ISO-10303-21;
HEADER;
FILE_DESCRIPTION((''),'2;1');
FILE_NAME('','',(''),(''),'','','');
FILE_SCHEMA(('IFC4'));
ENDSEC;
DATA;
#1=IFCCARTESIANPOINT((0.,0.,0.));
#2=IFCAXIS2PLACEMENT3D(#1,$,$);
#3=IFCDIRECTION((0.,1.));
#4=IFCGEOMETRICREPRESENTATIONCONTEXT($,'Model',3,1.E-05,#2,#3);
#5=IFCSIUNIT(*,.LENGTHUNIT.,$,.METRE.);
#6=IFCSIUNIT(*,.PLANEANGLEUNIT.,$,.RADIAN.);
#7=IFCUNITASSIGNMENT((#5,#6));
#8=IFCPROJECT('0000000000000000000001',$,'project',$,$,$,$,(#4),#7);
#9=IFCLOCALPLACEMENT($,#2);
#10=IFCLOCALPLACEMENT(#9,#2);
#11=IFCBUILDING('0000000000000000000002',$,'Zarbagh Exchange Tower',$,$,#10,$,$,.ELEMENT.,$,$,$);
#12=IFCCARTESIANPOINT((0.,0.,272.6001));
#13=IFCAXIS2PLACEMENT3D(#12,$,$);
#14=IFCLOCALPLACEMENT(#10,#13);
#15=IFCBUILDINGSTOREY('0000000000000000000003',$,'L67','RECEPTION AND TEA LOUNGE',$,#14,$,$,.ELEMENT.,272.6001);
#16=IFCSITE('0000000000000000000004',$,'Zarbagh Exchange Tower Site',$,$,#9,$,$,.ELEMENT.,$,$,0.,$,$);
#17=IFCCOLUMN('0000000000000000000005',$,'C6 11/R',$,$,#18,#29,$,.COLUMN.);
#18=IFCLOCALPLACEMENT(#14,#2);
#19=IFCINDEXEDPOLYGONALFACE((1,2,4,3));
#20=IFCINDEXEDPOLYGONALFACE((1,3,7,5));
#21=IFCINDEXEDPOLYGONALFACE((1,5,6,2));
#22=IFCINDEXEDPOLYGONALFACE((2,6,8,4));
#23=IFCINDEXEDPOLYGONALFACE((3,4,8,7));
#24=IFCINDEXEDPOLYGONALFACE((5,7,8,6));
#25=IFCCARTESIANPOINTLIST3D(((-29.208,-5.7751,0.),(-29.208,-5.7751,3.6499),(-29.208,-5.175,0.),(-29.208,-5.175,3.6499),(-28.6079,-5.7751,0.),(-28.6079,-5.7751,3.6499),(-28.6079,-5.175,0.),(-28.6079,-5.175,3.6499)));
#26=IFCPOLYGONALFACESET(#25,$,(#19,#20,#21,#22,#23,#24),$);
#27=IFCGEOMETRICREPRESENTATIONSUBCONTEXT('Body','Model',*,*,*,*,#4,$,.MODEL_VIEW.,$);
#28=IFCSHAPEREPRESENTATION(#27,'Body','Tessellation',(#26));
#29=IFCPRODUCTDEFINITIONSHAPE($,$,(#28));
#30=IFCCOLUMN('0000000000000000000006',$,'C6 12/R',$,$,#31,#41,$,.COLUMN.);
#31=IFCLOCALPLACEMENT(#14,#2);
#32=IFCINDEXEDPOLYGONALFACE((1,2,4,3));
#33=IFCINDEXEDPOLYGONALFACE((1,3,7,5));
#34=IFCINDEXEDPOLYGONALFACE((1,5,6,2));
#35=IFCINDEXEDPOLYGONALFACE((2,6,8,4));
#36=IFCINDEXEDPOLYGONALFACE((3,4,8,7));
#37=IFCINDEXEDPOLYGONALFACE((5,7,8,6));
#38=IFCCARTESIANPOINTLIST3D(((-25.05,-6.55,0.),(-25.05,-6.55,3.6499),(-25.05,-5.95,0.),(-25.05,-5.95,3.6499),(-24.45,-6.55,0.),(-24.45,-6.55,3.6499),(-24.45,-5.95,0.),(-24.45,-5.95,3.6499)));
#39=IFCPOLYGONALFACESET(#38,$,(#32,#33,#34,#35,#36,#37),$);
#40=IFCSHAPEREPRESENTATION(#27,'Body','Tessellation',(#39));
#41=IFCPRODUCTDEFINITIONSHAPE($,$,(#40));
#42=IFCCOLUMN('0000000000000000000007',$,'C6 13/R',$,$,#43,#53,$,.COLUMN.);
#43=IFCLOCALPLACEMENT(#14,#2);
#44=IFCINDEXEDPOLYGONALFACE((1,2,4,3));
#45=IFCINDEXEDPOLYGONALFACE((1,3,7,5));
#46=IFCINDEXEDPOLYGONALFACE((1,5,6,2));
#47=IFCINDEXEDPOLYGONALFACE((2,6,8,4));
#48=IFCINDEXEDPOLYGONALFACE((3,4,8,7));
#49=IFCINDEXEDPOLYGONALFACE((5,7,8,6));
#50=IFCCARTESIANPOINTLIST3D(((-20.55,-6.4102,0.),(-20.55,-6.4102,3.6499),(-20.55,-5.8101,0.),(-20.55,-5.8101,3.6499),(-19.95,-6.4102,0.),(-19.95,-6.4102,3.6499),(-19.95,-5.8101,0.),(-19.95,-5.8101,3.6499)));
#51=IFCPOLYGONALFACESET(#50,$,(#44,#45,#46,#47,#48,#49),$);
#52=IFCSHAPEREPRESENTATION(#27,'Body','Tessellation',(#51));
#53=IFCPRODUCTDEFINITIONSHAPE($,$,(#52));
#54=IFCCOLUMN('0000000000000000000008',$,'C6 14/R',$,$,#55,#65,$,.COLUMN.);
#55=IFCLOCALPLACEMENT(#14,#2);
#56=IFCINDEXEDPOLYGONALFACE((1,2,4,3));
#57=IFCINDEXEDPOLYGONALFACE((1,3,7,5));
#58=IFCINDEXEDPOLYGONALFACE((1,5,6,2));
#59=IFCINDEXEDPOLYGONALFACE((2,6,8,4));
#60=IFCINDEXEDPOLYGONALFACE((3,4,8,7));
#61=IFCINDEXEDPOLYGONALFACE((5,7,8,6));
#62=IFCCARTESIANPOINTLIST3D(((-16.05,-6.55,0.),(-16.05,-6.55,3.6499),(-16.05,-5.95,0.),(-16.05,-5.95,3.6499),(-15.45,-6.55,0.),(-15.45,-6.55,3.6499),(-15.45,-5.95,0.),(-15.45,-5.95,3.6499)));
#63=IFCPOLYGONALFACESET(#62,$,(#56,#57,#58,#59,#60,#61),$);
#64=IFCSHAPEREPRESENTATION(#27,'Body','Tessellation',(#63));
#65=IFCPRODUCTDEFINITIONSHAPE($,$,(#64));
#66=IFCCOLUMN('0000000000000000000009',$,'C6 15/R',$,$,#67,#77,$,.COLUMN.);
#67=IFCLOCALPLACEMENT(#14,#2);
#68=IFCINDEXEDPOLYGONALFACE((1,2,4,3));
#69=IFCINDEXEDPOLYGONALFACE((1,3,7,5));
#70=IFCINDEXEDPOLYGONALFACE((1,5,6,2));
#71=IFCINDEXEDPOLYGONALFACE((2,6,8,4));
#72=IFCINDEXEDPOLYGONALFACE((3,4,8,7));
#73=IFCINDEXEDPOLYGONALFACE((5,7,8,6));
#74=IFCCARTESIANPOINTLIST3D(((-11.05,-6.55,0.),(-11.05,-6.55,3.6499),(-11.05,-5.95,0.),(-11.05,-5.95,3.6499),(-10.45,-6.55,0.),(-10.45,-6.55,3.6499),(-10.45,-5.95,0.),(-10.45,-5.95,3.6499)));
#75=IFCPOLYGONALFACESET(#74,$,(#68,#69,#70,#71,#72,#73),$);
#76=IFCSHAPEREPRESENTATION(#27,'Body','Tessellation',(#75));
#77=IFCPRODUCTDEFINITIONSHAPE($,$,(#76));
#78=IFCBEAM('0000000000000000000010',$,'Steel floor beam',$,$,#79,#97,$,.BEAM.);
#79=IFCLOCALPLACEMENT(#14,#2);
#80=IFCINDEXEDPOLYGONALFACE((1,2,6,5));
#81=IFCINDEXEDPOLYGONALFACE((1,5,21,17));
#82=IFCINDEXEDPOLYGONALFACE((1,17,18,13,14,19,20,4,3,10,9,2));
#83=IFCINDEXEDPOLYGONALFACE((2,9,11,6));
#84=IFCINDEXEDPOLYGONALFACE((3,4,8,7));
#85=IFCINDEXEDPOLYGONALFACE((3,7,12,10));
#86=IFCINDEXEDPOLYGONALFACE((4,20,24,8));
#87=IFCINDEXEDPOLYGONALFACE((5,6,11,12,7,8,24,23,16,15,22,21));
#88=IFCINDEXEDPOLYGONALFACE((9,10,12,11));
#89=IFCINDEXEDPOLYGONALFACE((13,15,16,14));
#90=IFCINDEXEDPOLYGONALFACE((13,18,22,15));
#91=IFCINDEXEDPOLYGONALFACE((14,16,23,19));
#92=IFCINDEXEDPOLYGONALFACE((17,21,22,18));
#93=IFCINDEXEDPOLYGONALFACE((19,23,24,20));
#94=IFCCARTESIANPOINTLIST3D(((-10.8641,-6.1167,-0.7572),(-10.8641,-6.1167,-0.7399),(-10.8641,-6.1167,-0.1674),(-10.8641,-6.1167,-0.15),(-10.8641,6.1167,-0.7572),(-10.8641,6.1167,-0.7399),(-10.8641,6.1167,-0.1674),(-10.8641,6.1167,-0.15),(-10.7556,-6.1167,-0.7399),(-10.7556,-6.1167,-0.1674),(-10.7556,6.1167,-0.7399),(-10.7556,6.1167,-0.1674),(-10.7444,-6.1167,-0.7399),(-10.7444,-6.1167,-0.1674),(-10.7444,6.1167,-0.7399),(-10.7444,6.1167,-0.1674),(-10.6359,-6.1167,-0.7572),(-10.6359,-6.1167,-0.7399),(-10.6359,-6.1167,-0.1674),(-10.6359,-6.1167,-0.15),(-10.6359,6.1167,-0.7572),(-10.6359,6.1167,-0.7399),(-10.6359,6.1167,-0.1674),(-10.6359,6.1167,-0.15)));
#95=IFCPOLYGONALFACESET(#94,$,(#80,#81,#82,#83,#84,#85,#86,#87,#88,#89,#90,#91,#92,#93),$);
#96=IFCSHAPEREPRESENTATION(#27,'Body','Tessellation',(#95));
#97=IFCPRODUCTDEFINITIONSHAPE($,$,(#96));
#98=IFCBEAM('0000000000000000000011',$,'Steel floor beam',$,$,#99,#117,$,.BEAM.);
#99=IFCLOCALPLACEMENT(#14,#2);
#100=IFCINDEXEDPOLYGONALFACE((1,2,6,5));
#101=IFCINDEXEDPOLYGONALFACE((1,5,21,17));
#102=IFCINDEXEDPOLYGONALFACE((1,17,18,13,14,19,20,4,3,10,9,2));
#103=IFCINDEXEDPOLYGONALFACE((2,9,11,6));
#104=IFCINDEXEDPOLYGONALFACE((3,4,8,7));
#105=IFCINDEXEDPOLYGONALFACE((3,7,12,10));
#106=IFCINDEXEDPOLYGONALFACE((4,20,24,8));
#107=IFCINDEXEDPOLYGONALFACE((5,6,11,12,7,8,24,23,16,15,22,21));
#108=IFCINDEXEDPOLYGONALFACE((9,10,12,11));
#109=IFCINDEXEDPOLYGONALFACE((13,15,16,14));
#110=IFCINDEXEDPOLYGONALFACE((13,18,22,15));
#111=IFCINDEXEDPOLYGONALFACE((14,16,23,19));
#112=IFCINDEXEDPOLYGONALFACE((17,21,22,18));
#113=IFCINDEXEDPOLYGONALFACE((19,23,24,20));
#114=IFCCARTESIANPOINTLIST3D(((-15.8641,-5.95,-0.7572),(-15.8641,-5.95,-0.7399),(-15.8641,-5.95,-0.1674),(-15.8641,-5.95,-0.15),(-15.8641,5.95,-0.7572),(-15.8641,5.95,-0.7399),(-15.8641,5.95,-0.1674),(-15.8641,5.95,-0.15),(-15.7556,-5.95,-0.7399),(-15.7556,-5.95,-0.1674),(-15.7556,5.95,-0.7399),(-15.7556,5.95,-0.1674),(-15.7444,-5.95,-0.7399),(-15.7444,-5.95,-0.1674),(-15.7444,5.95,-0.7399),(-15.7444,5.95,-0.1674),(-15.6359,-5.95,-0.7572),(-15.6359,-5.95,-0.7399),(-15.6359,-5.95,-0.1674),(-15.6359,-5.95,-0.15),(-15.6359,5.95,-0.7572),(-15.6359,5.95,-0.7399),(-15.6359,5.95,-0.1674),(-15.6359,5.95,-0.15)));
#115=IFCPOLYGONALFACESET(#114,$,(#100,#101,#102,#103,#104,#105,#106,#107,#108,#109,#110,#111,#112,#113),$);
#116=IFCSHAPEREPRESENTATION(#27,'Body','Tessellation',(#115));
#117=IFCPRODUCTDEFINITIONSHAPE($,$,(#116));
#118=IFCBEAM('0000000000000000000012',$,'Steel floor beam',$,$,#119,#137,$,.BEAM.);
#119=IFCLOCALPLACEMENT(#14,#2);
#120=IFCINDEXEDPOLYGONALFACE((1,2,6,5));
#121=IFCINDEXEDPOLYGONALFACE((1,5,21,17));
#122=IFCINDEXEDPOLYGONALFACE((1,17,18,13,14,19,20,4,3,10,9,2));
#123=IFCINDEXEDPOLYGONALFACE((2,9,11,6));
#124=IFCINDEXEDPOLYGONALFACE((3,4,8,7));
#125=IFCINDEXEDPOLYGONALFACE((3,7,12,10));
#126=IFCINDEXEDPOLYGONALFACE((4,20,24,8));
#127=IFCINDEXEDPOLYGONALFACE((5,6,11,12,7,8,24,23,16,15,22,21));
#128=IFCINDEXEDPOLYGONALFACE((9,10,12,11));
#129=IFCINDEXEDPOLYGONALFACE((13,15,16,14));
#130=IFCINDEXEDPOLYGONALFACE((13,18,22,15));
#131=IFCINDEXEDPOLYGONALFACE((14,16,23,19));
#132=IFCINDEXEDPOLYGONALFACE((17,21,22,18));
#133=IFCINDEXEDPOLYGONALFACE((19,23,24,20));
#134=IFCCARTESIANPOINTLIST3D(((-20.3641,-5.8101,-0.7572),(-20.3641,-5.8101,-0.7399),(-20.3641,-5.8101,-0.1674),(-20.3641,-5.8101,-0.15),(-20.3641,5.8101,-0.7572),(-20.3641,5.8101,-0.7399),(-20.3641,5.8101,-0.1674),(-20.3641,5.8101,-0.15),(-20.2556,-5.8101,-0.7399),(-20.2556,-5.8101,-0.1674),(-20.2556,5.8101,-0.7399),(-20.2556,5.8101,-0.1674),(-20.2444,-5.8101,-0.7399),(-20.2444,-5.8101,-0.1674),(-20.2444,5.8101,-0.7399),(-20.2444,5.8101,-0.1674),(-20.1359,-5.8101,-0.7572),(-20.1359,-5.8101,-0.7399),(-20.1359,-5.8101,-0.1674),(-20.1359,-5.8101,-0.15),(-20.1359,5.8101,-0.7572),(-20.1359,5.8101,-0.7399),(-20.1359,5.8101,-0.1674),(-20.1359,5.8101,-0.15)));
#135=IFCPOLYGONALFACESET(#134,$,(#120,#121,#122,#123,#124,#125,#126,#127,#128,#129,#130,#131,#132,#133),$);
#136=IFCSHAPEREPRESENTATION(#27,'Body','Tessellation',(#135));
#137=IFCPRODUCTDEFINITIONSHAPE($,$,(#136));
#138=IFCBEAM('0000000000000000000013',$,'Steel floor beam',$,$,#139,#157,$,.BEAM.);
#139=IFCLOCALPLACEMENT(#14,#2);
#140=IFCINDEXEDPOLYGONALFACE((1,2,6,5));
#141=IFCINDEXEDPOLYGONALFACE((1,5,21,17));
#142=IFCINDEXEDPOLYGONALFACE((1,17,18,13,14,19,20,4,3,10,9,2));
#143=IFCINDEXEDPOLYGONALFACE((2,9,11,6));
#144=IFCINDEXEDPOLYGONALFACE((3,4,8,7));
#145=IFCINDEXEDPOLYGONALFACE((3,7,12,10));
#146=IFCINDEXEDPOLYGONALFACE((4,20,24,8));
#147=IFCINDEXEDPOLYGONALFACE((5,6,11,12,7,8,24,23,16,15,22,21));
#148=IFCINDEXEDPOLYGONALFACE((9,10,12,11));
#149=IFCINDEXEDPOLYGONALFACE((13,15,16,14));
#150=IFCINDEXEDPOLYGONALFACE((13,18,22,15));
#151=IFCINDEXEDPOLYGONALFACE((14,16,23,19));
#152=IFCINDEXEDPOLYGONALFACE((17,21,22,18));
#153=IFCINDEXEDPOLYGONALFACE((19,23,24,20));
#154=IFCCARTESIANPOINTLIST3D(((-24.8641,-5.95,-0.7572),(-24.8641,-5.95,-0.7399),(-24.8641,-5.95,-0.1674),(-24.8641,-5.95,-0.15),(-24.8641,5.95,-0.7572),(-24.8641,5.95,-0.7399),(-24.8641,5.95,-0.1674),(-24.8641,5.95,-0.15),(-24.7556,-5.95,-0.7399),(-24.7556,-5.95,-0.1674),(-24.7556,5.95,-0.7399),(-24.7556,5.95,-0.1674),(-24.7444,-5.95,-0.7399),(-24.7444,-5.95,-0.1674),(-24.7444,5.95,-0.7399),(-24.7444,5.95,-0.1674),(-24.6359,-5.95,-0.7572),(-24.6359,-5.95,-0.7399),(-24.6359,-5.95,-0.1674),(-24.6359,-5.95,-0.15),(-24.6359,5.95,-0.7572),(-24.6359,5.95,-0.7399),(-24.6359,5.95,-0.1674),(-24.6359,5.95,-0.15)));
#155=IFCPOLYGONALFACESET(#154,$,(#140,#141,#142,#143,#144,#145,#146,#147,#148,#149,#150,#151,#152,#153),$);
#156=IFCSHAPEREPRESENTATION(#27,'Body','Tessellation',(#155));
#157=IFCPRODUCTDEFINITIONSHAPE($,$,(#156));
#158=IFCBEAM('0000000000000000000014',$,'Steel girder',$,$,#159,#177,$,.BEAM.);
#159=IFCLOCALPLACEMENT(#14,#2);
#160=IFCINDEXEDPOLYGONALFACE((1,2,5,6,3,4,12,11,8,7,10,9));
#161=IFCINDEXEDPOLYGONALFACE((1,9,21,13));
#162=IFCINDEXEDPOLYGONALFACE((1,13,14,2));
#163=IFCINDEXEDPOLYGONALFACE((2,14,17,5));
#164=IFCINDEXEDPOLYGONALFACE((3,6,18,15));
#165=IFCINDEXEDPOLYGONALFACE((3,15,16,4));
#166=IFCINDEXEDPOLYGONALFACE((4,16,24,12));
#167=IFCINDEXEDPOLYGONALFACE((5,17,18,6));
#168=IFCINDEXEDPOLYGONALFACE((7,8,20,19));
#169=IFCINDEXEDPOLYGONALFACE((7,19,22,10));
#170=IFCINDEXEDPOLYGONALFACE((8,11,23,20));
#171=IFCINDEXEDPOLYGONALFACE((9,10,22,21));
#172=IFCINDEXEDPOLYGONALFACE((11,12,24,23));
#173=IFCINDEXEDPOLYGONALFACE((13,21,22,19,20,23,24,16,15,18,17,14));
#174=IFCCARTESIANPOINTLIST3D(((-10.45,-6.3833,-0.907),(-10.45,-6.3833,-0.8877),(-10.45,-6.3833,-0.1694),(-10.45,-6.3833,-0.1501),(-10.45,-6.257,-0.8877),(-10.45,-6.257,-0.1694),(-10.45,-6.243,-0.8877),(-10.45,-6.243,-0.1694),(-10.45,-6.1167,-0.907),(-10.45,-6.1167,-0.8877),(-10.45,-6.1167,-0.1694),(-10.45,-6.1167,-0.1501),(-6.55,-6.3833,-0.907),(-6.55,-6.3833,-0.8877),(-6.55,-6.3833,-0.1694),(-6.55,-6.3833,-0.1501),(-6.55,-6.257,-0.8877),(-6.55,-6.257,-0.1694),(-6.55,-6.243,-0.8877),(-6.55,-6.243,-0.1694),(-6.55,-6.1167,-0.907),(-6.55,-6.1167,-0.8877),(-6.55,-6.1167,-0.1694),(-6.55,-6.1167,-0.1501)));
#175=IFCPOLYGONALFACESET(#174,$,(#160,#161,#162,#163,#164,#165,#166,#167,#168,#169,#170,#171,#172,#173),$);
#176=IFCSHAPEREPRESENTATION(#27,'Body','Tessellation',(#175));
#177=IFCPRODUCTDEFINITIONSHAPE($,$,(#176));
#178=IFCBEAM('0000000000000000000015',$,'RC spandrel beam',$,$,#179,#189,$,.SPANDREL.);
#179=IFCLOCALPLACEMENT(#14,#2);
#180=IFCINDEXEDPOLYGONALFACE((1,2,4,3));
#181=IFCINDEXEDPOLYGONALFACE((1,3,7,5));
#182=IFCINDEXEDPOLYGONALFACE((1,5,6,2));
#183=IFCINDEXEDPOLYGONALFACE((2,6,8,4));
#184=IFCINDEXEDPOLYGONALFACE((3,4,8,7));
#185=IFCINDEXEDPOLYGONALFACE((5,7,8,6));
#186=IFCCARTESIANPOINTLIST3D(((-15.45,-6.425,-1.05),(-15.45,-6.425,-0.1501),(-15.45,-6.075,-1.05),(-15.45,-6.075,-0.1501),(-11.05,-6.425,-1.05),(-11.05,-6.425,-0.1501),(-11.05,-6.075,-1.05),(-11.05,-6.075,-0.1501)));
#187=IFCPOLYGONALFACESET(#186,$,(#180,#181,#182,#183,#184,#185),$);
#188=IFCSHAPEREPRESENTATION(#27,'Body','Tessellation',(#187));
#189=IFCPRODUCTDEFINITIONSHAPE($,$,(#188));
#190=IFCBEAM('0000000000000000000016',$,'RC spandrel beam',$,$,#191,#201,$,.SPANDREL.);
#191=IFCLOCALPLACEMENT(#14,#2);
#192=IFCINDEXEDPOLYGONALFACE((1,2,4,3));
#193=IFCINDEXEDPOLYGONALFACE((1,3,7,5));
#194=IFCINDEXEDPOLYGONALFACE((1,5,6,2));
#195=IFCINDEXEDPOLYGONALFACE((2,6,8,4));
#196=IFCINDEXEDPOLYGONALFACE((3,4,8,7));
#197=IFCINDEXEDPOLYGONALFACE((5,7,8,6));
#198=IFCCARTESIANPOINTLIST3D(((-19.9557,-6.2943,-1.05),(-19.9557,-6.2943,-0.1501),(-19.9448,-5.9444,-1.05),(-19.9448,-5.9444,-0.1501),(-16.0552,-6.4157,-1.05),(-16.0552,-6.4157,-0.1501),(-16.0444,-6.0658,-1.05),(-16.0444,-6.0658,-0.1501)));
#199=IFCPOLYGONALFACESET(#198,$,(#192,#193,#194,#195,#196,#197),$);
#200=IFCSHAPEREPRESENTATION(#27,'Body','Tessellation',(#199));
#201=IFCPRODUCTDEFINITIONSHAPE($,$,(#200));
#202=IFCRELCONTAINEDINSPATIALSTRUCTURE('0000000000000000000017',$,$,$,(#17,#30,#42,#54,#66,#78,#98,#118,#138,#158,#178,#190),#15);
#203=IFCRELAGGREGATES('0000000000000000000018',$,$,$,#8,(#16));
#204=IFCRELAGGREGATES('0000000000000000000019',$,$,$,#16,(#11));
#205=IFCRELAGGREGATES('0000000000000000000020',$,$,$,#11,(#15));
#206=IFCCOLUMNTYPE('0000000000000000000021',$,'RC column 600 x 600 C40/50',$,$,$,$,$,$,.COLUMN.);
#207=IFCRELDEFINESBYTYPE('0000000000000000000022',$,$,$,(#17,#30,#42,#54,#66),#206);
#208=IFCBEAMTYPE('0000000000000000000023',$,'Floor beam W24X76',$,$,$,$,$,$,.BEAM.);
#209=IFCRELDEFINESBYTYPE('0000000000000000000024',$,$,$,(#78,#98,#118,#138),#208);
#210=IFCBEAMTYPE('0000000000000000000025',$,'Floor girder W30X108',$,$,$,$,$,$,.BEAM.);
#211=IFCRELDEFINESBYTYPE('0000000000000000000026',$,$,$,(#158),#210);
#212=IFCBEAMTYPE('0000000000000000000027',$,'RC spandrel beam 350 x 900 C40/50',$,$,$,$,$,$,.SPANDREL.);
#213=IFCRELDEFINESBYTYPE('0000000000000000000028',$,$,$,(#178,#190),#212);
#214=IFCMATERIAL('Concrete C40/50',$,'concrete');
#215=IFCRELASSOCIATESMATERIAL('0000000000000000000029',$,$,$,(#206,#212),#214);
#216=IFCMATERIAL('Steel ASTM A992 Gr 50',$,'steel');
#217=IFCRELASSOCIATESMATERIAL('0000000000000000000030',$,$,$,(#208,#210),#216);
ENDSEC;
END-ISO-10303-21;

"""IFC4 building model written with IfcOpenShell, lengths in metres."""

from ifc_helpers import new_model, si_unit, direction, frame, origin, origin_2d, place, context, subcontext, project, spatial, rectangle, i_section, extrude, material, material_profile, profile_set, type_object, element, save


model = new_model("IFC4")

# Units and contexts
model_context = context("Model", 3, precision=1e-05, world=origin(), true_north=direction((0.0, 1.0)))
body_context = subcontext(model_context, "Body", "Model", "MODEL_VIEW")
ifc_project = project(units=[si_unit("LENGTHUNIT", "METRE"), si_unit("PLANEANGLEUNIT", "RADIAN")], contexts=[model_context])

# Site, building, storey
site_placement = place(None, origin())
site = spatial("IfcSite", under=ifc_project, at=site_placement, Name="Zarbagh Exchange Tower Site", CompositionType="ELEMENT", RefElevation=0.0)
building_placement = place(site_placement, origin())
building = spatial("IfcBuilding", under=site, at=building_placement, Name="Zarbagh Exchange Tower", CompositionType="ELEMENT")
storey_placement = place(building_placement, frame((0.0, 0.0, 272.6001)))
storey = spatial("IfcBuildingStorey", under=building, at=storey_placement, Name="L67", Description="RECEPTION AND TEA LOUNGE", CompositionType="ELEMENT", Elevation=272.6001)

# Columns
ifc_material_1 = material(Name="Concrete C40/50", Category="concrete")
ifc_material_profile_1 = material_profile(ifc_material_1, rectangle(XDim=0.6001, YDim=0.6001, at=origin_2d()), Name="RC column 600 x 600 C40/50")
ifc_profile_set_1 = profile_set([ifc_material_profile_1], Name="Concrete C40/50")
column_type = type_object("IfcColumnType", Name="RC column 600 x 600 C40/50", PredefinedType="COLUMN", material=ifc_profile_set_1)
for number, where, z_axis, x_axis, name in (
    (1, (-28.908, -5.4751, 0.0), (0.0, 0.0, 1.0), (1.0, 0.0, 0.0), "C6 11/R"),
    (2, (-24.75, -6.25, 0.0), (0.0, 0.0, 1.0), (1.0, 0.0, 0.0), "C6 12/R"),
    (3, (-20.25, -6.1101, 0.0), (0.0, 0.0, 1.0), (1.0, 0.0, 0.0), "C6 13/R"),
    (4, (-15.75, -6.25, 0.0), (0.0, 0.0, 1.0), (1.0, 0.0, 0.0), "C6 14/R"),
    (5, (-10.75, -6.25, 0.0), (0.0, 0.0, 1.0), (1.0, 0.0, 0.0), "C6 15/R"),
):
    element("IfcColumn", number, at=place(storey_placement, frame(where, z_axis=z_axis, x_axis=x_axis)), inside=storey, type_object=column_type, Name=name, PredefinedType="COLUMN", context=body_context, shape_type="SweptSolid", body=[
        extrude(rectangle(XDim=0.6001, YDim=0.6001, at=origin_2d()), origin(), (0.0, 0.0, 1.0), 3.6499),
    ])

# Beams
ifc_material_2 = material(Name="Steel ASTM A992 Gr 50", Category="steel")
ifc_material_profile_2 = material_profile(ifc_material_2, i_section(OverallWidth=0.2283, OverallDepth=0.6072, WebThickness=0.0112, FlangeThickness=0.0173, at=origin_2d()), Name="W24X76")
ifc_profile_set_2 = profile_set([ifc_material_profile_2], Name="Steel ASTM A992 Gr 50")
beam_type_1 = type_object("IfcBeamType", Name="Floor beam W24X76", PredefinedType="BEAM", material=ifc_profile_set_2)
beam_1_placement = place(storey_placement, frame((-10.75, -6.1167, -0.4536), z_axis=(0.0, 1.0, 0.0), x_axis=(-1.0, 0.0, 0.0)))
element("IfcBeam", 6, at=beam_1_placement, inside=storey, type_object=beam_type_1, Name="Steel floor beam", PredefinedType="BEAM", context=body_context, shape_type="SweptSolid", body=[
    extrude(i_section(OverallWidth=0.2283, OverallDepth=0.6072, WebThickness=0.0112, FlangeThickness=0.0173, at=origin_2d()), origin(), (0.0, 0.0, 1.0), 12.2334),
])
beam_2_placement = place(storey_placement, frame((-15.75, -5.95, -0.4536), z_axis=(0.0, 1.0, 0.0), x_axis=(-1.0, 0.0, 0.0)))
element("IfcBeam", 7, at=beam_2_placement, inside=storey, type_object=beam_type_1, Name="Steel floor beam", PredefinedType="BEAM", context=body_context, shape_type="SweptSolid", body=[
    extrude(i_section(OverallWidth=0.2283, OverallDepth=0.6072, WebThickness=0.0112, FlangeThickness=0.0173, at=origin_2d()), origin(), (0.0, 0.0, 1.0), 11.8999),
])
beam_3_placement = place(storey_placement, frame((-20.25, -5.8101, -0.4536), z_axis=(0.0, 1.0, 0.0), x_axis=(-1.0, 0.0, 0.0)))
element("IfcBeam", 8, at=beam_3_placement, inside=storey, type_object=beam_type_1, Name="Steel floor beam", PredefinedType="BEAM", context=body_context, shape_type="SweptSolid", body=[
    extrude(i_section(OverallWidth=0.2283, OverallDepth=0.6072, WebThickness=0.0112, FlangeThickness=0.0173, at=origin_2d()), origin(), (0.0, 0.0, 1.0), 11.6201),
])
beam_4_placement = place(storey_placement, frame((-24.75, -5.95, -0.4536), z_axis=(0.0, 1.0, 0.0), x_axis=(-1.0, 0.0, 0.0)))
element("IfcBeam", 9, at=beam_4_placement, inside=storey, type_object=beam_type_1, Name="Steel floor beam", PredefinedType="BEAM", context=body_context, shape_type="SweptSolid", body=[
    extrude(i_section(OverallWidth=0.2283, OverallDepth=0.6072, WebThickness=0.0112, FlangeThickness=0.0173, at=origin_2d()), origin(), (0.0, 0.0, 1.0), 11.8999),
])
ifc_material_profile_3 = material_profile(ifc_material_2, i_section(OverallWidth=0.2666, OverallDepth=0.7568, WebThickness=0.0139, FlangeThickness=0.0193, at=origin_2d()), Name="W30X108")
ifc_profile_set_3 = profile_set([ifc_material_profile_3], Name="Steel ASTM A992 Gr 50")
beam_type_2 = type_object("IfcBeamType", Name="Floor girder W30X108", PredefinedType="BEAM", material=ifc_profile_set_3)
beam_5_placement = place(storey_placement, frame((-10.45, -6.25, -0.5286), z_axis=(1.0, 0.0, 0.0), x_axis=(0.0, 1.0, 0.0)))
element("IfcBeam", 10, at=beam_5_placement, inside=storey, type_object=beam_type_2, Name="Steel girder", PredefinedType="BEAM", context=body_context, shape_type="SweptSolid", body=[
    extrude(i_section(OverallWidth=0.2666, OverallDepth=0.7568, WebThickness=0.0139, FlangeThickness=0.0193, at=origin_2d()), origin(), (0.0, 0.0, 1.0), 3.8999),
])
ifc_material_profile_4 = material_profile(ifc_material_1, rectangle(XDim=0.3501, YDim=0.8999, at=origin_2d()), Name="RC spandrel beam 350 x 900 C40/50")
ifc_profile_set_4 = profile_set([ifc_material_profile_4], Name="Concrete C40/50")
beam_type_3 = type_object("IfcBeamType", Name="RC spandrel beam 350 x 900 C40/50", PredefinedType="SPANDREL", material=ifc_profile_set_4)
beam_6_placement = place(storey_placement, frame((-11.05, -6.25, -0.6001), z_axis=(-1.0, 0.0, 0.0), x_axis=(0.0, -1.0, 0.0)))
element("IfcBeam", 11, at=beam_6_placement, inside=storey, type_object=beam_type_3, Name="RC spandrel beam", PredefinedType="SPANDREL", context=body_context, shape_type="SweptSolid", body=[
    extrude(rectangle(XDim=0.3501, YDim=0.8999, at=origin_2d()), origin(), (0.0, 0.0, 1.0), 4.3999),
])
for number, where, z_axis, x_axis, name in (
    (12, (-16.0498, -6.2407, -0.6001), (-0.999516, 0.031094, 0.0), (-0.031094, -0.999516, 0.0), "RC spandrel beam"),
):
    element("IfcBeam", number, at=place(storey_placement, frame(where, z_axis=z_axis, x_axis=x_axis)), inside=storey, type_object=beam_type_3, Name=name, PredefinedType="SPANDREL", context=body_context, shape_type="SweptSolid", body=[
        extrude(rectangle(XDim=0.3501, YDim=0.8999, at=origin_2d()), origin(), (0.0, 0.0, 1.0), 3.9023),
    ])

save(model, "model.ifc")
